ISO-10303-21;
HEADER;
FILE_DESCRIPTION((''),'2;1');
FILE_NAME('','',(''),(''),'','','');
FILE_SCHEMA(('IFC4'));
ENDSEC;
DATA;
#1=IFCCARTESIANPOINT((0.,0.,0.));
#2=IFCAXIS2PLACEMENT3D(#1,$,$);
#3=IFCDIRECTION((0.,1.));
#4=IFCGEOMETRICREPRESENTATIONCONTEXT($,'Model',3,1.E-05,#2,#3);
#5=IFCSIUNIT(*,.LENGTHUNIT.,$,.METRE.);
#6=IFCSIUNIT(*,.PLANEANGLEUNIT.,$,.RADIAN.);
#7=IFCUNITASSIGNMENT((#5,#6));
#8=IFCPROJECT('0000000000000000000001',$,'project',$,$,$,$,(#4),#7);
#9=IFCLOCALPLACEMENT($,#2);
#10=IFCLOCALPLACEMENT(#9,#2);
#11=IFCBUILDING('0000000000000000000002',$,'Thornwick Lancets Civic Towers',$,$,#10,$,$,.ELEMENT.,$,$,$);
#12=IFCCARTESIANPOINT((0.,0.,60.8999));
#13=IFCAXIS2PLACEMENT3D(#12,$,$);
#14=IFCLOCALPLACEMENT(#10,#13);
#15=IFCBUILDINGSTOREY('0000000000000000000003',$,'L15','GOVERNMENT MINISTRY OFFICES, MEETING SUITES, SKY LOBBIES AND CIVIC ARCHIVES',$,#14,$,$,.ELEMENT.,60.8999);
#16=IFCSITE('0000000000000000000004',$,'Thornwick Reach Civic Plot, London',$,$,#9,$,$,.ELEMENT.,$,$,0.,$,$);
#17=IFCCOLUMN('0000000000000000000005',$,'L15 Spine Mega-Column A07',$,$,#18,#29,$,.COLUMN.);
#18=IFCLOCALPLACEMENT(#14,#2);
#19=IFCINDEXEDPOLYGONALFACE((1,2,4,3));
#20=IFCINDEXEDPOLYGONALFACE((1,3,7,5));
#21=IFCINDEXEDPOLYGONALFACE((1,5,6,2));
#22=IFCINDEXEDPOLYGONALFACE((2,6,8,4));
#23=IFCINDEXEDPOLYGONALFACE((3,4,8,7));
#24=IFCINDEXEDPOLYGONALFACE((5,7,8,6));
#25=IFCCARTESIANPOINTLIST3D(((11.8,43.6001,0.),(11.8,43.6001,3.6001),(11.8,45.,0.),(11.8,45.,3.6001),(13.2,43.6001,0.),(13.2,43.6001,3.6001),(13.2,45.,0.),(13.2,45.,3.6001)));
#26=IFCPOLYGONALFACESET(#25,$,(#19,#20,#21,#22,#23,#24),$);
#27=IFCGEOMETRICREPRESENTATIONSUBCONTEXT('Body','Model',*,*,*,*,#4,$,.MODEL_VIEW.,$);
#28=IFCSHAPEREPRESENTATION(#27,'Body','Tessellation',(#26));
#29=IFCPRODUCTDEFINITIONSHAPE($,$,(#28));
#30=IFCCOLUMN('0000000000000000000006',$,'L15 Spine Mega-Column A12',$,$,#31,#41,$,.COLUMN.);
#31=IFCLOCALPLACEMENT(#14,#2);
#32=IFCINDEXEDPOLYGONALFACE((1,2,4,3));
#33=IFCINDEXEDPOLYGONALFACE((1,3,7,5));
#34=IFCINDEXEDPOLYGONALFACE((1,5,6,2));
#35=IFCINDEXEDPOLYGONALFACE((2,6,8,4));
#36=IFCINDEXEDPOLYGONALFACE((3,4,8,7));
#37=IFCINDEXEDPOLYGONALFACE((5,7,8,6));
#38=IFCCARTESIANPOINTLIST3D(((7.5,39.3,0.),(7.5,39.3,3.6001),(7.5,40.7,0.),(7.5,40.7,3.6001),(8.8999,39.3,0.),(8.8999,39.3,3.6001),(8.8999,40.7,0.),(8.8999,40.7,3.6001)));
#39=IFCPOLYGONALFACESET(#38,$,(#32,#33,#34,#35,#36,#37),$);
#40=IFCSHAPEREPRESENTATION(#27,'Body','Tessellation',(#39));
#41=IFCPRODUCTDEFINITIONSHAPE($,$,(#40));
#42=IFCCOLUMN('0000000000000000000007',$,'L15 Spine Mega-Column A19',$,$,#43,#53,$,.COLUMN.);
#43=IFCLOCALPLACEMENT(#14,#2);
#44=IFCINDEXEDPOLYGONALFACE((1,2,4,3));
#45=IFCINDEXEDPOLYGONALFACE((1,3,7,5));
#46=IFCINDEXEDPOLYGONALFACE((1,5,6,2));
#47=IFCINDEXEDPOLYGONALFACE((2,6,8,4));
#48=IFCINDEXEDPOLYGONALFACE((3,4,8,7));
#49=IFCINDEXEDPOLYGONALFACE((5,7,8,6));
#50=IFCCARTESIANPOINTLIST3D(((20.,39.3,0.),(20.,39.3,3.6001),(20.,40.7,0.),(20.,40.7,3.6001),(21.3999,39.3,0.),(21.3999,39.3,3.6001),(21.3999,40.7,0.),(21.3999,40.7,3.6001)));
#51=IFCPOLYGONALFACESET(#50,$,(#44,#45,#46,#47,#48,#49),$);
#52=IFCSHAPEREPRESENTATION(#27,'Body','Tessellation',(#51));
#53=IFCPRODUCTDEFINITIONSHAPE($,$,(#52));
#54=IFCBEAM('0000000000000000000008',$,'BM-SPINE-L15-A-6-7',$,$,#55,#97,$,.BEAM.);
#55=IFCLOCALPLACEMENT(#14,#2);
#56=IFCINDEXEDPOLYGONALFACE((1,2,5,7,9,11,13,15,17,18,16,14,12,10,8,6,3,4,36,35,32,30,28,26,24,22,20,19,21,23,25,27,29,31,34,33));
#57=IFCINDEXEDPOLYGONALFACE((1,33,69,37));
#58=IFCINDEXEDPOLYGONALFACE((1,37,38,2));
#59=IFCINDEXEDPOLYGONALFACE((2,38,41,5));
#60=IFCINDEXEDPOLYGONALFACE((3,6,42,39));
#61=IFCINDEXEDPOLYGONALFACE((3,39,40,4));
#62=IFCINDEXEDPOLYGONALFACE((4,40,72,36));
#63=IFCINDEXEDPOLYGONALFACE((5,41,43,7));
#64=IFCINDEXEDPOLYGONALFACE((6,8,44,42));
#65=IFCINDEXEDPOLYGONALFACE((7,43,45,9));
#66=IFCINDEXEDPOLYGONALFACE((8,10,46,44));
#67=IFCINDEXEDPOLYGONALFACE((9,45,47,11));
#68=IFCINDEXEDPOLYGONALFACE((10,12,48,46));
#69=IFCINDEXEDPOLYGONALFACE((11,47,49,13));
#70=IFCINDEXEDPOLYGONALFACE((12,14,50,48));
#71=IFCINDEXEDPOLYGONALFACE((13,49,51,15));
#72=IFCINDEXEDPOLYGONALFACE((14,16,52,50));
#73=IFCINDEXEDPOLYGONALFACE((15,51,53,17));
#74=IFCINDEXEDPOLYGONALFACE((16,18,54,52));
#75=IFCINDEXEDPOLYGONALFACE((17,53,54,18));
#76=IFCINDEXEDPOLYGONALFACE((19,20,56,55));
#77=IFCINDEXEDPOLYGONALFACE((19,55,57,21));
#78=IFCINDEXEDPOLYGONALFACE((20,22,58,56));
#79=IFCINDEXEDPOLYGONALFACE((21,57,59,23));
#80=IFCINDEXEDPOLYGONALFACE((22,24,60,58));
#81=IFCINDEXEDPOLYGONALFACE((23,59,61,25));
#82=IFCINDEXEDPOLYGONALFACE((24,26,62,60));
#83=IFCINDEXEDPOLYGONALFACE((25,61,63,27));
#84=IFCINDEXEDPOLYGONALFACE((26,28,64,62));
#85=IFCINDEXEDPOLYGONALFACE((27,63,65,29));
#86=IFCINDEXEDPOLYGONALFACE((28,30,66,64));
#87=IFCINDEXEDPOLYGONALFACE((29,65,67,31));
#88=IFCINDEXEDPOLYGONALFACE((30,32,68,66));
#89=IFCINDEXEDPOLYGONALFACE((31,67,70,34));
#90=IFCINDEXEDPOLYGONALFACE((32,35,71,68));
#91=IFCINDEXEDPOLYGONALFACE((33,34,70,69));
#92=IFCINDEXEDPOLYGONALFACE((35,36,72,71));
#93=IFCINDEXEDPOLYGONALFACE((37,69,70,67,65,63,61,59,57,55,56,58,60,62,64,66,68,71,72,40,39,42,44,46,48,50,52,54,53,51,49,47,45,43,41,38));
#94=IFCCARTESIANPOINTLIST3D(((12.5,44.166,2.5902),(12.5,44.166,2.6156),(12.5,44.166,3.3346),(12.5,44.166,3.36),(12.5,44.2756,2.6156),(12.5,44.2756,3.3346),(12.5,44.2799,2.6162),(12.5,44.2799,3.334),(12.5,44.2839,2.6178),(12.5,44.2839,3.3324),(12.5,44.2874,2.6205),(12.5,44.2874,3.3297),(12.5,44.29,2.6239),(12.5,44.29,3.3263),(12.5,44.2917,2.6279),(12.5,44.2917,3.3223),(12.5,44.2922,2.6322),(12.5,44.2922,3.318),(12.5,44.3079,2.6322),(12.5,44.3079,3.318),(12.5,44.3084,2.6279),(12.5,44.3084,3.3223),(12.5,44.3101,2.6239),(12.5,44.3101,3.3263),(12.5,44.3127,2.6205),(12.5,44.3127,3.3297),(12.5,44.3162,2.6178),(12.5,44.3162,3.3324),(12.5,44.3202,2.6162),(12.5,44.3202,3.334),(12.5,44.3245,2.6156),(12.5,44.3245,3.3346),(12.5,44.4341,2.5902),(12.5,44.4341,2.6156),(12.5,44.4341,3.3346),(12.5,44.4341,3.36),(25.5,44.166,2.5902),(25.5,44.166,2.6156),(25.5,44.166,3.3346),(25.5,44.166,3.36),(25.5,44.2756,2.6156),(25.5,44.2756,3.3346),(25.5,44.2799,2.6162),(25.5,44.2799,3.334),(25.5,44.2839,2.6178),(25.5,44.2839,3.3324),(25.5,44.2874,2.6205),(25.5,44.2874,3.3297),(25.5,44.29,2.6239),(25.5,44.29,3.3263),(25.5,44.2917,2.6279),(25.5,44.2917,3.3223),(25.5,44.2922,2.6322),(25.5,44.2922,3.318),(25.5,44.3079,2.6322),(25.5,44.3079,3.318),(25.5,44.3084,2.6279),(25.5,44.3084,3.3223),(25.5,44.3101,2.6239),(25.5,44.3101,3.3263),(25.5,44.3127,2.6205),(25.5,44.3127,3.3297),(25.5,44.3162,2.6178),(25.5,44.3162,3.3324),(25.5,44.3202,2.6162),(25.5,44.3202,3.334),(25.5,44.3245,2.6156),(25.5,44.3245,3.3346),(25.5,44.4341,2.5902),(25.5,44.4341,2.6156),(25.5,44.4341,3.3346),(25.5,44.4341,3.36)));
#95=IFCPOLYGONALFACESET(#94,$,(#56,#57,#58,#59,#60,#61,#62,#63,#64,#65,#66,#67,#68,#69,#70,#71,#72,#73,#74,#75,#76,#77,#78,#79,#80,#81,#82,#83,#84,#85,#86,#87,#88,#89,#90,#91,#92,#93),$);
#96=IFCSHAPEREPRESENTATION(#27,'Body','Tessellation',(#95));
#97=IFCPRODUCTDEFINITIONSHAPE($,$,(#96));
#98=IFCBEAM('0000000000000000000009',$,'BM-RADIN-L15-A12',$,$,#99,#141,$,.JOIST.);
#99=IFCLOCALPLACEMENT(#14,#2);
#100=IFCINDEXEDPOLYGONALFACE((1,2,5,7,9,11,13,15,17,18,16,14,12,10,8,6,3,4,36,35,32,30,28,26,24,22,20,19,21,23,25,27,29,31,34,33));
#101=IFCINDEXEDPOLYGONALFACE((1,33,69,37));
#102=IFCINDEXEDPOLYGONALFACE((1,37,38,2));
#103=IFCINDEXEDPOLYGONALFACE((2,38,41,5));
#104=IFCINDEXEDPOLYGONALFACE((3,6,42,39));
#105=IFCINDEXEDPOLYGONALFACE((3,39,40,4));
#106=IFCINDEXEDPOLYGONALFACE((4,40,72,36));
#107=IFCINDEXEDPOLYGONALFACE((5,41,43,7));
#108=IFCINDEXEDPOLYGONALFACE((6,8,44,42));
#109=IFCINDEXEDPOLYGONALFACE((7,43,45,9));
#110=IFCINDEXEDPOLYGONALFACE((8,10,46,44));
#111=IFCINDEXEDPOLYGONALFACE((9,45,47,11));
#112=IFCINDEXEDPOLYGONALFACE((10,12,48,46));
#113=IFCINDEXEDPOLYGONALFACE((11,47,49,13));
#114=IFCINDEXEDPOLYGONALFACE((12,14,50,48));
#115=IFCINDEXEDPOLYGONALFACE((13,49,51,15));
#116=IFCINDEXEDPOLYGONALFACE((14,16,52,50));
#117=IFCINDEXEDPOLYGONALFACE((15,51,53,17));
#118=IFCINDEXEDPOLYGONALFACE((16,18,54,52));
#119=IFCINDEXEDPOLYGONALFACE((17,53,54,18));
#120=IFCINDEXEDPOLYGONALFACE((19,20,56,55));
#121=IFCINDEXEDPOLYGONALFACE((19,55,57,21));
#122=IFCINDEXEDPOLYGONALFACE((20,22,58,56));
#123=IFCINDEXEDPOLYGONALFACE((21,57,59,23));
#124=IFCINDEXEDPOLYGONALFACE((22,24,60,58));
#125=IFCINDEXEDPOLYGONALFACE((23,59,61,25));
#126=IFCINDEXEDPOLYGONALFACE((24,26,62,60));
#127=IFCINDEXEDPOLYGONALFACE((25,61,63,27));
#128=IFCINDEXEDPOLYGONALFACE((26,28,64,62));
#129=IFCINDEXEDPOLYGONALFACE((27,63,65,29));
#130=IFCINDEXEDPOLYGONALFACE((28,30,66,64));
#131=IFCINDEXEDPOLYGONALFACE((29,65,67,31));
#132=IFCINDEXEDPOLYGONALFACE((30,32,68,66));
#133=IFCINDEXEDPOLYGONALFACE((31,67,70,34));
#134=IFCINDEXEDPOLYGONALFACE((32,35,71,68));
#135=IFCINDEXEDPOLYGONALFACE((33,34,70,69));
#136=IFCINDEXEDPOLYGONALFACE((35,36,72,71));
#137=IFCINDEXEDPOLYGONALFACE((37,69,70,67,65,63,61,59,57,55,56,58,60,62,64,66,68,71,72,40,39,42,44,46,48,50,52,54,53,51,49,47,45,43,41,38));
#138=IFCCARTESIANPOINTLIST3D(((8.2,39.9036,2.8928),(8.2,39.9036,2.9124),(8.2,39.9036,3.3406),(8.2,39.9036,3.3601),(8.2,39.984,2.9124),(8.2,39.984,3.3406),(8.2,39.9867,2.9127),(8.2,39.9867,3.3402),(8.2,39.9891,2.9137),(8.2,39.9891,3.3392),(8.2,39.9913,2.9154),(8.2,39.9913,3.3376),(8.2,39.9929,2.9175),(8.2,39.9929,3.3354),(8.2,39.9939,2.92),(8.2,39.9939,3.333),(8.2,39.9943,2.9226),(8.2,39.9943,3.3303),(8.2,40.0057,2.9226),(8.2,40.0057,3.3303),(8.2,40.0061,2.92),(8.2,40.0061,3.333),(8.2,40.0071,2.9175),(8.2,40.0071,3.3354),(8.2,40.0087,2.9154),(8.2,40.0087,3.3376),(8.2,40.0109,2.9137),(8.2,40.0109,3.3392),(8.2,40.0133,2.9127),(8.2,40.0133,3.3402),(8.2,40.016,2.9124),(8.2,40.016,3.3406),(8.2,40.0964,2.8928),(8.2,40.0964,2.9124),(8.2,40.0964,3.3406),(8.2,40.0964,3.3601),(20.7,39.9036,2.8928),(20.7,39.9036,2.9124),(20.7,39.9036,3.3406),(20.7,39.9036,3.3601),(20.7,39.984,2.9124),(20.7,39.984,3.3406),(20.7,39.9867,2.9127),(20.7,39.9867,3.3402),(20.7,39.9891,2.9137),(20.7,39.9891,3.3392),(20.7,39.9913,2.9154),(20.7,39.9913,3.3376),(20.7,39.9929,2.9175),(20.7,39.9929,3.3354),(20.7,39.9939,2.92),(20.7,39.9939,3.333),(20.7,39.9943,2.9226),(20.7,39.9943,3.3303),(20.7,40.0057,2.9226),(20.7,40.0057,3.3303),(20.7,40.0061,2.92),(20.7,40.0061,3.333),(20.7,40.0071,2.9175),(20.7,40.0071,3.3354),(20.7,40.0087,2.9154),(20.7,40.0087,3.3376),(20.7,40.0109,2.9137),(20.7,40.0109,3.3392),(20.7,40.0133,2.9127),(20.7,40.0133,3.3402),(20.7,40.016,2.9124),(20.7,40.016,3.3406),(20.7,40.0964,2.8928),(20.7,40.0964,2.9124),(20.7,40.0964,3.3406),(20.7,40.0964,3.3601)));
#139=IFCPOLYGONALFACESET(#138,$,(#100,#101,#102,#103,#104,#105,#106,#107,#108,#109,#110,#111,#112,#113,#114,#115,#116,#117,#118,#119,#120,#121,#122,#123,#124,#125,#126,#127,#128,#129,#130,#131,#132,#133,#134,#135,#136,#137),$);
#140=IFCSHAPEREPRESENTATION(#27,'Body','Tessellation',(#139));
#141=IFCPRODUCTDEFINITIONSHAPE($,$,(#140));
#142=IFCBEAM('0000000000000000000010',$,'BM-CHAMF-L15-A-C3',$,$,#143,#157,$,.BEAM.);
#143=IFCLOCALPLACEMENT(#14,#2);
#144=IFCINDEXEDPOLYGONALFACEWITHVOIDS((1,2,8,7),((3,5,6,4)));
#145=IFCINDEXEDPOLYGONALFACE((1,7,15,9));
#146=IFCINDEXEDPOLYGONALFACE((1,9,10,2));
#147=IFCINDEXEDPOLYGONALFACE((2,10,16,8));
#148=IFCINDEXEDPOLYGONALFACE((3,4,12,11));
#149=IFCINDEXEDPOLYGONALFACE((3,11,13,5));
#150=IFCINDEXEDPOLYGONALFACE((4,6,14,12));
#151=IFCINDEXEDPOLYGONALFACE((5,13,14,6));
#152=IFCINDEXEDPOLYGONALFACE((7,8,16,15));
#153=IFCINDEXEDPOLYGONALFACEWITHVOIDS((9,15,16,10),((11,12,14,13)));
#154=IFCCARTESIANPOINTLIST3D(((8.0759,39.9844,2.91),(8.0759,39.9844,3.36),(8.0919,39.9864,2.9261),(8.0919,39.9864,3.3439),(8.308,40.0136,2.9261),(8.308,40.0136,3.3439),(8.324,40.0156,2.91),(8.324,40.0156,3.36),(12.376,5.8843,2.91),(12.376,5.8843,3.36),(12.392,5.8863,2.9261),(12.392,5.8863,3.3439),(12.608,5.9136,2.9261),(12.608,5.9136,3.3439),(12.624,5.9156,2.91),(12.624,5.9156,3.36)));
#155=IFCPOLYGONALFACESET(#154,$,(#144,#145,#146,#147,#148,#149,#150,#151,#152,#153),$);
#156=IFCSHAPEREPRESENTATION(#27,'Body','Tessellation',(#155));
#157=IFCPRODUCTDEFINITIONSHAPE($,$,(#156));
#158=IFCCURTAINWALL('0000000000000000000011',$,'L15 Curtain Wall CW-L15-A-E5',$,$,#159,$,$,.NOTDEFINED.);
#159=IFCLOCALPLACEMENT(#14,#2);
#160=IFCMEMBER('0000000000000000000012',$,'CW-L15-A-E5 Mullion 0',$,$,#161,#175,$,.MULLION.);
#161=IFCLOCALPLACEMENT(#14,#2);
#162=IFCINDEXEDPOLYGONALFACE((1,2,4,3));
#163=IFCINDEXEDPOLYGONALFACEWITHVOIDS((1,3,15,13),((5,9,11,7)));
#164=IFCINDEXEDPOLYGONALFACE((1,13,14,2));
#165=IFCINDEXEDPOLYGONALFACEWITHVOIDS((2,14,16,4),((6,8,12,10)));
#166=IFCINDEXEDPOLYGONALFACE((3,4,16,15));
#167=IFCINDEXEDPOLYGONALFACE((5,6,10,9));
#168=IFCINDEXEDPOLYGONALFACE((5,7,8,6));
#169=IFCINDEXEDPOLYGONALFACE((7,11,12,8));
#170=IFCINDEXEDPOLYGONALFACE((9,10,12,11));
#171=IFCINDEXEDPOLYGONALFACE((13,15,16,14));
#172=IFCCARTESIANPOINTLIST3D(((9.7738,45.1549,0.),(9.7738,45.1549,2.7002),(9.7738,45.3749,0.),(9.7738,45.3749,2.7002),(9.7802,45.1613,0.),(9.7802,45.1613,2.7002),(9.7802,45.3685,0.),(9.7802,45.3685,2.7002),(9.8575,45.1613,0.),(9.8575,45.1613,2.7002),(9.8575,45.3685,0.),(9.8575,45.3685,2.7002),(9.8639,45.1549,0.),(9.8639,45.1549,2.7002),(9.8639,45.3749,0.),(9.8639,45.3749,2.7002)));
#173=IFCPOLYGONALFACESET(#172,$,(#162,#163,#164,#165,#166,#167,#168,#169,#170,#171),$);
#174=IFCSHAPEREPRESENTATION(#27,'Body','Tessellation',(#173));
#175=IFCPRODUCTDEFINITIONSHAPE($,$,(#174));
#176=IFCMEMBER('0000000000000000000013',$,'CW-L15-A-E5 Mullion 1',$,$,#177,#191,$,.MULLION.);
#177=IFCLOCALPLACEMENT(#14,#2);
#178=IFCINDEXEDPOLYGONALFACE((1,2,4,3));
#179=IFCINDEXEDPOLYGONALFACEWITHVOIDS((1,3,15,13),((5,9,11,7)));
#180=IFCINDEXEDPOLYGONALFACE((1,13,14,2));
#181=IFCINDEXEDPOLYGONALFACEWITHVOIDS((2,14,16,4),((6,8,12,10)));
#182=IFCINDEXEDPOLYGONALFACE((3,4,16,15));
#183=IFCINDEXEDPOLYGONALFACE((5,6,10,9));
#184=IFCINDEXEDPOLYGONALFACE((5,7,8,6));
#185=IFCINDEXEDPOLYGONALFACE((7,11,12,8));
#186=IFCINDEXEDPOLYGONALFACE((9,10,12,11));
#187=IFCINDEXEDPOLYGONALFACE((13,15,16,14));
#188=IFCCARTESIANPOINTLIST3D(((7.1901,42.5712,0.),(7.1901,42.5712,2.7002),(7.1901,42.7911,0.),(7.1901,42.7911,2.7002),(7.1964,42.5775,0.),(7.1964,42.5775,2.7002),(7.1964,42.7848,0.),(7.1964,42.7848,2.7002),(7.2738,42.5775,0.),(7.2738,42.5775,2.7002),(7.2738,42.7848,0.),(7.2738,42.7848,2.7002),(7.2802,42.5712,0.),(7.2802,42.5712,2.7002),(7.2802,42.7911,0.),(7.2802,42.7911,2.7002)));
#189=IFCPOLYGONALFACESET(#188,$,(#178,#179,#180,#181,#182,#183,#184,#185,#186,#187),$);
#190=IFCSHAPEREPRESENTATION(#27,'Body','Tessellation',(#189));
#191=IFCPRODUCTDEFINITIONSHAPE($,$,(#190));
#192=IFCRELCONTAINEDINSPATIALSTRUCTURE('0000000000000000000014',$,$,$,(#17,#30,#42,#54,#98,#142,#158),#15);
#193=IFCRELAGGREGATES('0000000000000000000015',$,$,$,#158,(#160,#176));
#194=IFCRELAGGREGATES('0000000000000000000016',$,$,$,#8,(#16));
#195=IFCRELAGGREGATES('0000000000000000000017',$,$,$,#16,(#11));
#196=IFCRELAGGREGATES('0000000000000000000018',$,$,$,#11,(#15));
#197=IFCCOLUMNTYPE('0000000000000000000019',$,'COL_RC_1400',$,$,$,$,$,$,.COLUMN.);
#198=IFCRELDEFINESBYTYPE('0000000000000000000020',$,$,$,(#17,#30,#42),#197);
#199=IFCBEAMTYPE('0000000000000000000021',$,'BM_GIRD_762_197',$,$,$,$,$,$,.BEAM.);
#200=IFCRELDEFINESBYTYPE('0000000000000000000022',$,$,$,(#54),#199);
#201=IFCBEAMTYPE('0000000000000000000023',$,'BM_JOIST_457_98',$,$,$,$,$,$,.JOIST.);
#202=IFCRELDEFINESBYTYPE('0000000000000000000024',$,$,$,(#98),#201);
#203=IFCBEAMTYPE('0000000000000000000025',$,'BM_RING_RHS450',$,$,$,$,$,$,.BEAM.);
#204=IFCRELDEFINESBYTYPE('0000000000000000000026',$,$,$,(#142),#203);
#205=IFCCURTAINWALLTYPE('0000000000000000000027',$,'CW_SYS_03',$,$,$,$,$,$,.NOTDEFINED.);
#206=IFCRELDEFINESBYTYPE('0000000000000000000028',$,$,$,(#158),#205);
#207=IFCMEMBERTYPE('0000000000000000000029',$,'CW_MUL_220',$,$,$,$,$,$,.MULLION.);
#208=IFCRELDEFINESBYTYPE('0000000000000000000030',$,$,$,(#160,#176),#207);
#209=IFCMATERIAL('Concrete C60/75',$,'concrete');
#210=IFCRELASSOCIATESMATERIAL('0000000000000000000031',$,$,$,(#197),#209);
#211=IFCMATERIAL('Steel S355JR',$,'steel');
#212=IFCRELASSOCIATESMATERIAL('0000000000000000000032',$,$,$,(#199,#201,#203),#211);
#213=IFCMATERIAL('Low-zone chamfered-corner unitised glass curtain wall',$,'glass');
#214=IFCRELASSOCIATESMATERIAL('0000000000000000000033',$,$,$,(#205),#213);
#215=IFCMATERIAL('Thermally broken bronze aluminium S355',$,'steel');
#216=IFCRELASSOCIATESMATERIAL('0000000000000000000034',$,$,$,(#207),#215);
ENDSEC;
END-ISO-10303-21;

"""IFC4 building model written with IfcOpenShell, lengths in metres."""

from ifc_helpers import new_model, si_unit, direction, frame, origin, origin_2d, place, context, subcontext, project, spatial, rectangle, hollow_rectangle, i_section, extrude, material, material_profile, profile_set, type_object, element, aggregate, save


model = new_model("IFC4")

# Units and contexts
model_context = context("Model", 3, precision=1e-05, world=origin(), true_north=direction((0.0, 1.0)))
body_context = subcontext(model_context, "Body", "Model", "MODEL_VIEW")
ifc_project = project(units=[si_unit("LENGTHUNIT", "METRE"), si_unit("PLANEANGLEUNIT", "RADIAN")], contexts=[model_context])

# Site, building, storey
site_placement = place(None, origin())
site = spatial("IfcSite", under=ifc_project, at=site_placement, Name="Thornwick Reach Civic Plot, London", CompositionType="ELEMENT", RefElevation=0.0)
building_placement = place(site_placement, origin())
building = spatial("IfcBuilding", under=site, at=building_placement, Name="Thornwick Lancets Civic Towers", CompositionType="ELEMENT")
storey_placement = place(building_placement, frame((0.0, 0.0, 60.8999)))
storey = spatial("IfcBuildingStorey", under=building, at=storey_placement, Name="L15", Description="GOVERNMENT MINISTRY OFFICES, MEETING SUITES, SKY LOBBIES AND CIVIC ARCHIVES", CompositionType="ELEMENT", Elevation=60.8999)

# Columns
ifc_material_1 = material(Name="Concrete C60/75", Category="concrete")
ifc_material_profile_1 = material_profile(ifc_material_1, rectangle(XDim=1.3999, YDim=1.3999, at=origin_2d()), Name="RC 1400x1400")
ifc_profile_set_1 = profile_set([ifc_material_profile_1], Name="Concrete C60/75")
column_type = type_object("IfcColumnType", Name="COL_RC_1400", PredefinedType="COLUMN", material=ifc_profile_set_1)
for number, where, z_axis, x_axis, name in (
    (1, (12.5, 44.3, 0.0), (0.0, 0.0, 1.0), (1.0, 0.0, 0.0), "L15 Spine Mega-Column A07"),
    (2, (8.2, 40.0, 0.0), (0.0, 0.0, 1.0), (1.0, 0.0, 0.0), "L15 Spine Mega-Column A12"),
    (3, (20.7, 40.0, 0.0), (0.0, 0.0, 1.0), (1.0, 0.0, 0.0), "L15 Spine Mega-Column A19"),
):
    element("IfcColumn", number, at=place(storey_placement, frame(where, z_axis=z_axis, x_axis=x_axis)), inside=storey, type_object=column_type, Name=name, PredefinedType="COLUMN", context=body_context, shape_type="SweptSolid", body=[
        extrude(rectangle(XDim=1.3999, YDim=1.3999, at=origin_2d()), origin(), (0.0, 0.0, 1.0), 3.6001),
    ])

# Beams
ifc_material_2 = material(Name="Steel S355JR", Category="steel")
ifc_material_profile_2 = material_profile(ifc_material_2, i_section(OverallWidth=0.2681, OverallDepth=0.7698, WebThickness=0.0156, FlangeThickness=0.0254, FilletRadius=0.0166, at=origin_2d()), Name="UKB 762x267x197")
ifc_profile_set_2 = profile_set([ifc_material_profile_2], Name="Steel S355JR")
beam_type_1 = type_object("IfcBeamType", Name="BM_GIRD_762_197", PredefinedType="BEAM", material=ifc_profile_set_2)
beam_1_placement = place(storey_placement, frame((12.5, 44.3, 2.9751), z_axis=(1.0, 0.0, 0.0), x_axis=(0.0, 1.0, 0.0)))
element("IfcBeam", 4, at=beam_1_placement, inside=storey, type_object=beam_type_1, Name="BM-SPINE-L15-A-6-7", PredefinedType="BEAM", context=body_context, shape_type="SweptSolid", body=[
    extrude(i_section(OverallWidth=0.2681, OverallDepth=0.7698, WebThickness=0.0156, FlangeThickness=0.0254, FilletRadius=0.0166, at=origin_2d()), origin(), (0.0, 0.0, 1.0), 13.0),
])
ifc_material_profile_3 = material_profile(ifc_material_2, i_section(OverallWidth=0.1929, OverallDepth=0.4673, WebThickness=0.0115, FlangeThickness=0.0195, FilletRadius=0.0103, at=origin_2d()), Name="UKB 457x191x98")
ifc_profile_set_3 = profile_set([ifc_material_profile_3], Name="Steel S355JR")
beam_type_2 = type_object("IfcBeamType", Name="BM_JOIST_457_98", PredefinedType="JOIST", material=ifc_profile_set_3)
beam_2_placement = place(storey_placement, frame((20.7, 40.0, 3.1265), z_axis=(-1.0, 0.0, 0.0), x_axis=(0.0, -1.0, 0.0)))
element("IfcBeam", 5, at=beam_2_placement, inside=storey, type_object=beam_type_2, Name="BM-RADIN-L15-A12", PredefinedType="JOIST", context=body_context, shape_type="SweptSolid", body=[
    extrude(i_section(OverallWidth=0.1929, OverallDepth=0.4673, WebThickness=0.0115, FlangeThickness=0.0195, FilletRadius=0.0103, at=origin_2d()), origin(), (0.0, 0.0, 1.0), 12.5),
])
ifc_material_profile_4 = material_profile(ifc_material_2, hollow_rectangle(XDim=0.25, YDim=0.45, WallThickness=0.0161, at=origin_2d()), Name="RHS 450x250x16")
ifc_profile_set_4 = profile_set([ifc_material_profile_4], Name="Steel S355JR")
beam_type_3 = type_object("IfcBeamType", Name="BM_RING_RHS450", PredefinedType="BEAM", material=ifc_profile_set_4)
beam_3_placement = place(storey_placement, frame((8.2, 40.0, 3.135), z_axis=(0.12511, -0.992143, 0.0), x_axis=(0.992143, 0.12511, 0.0)))
element("IfcBeam", 6, at=beam_3_placement, inside=storey, type_object=beam_type_3, Name="BM-CHAMF-L15-A-C3", PredefinedType="BEAM", context=body_context, shape_type="SweptSolid", body=[
    extrude(hollow_rectangle(XDim=0.25, YDim=0.45, WallThickness=0.0161, at=origin_2d()), origin(), (0.0, 0.0, 1.0), 34.3701),
])

# Curtain wall, members
ifc_material_3 = material(Name="Low-zone chamfered-corner unitised glass curtain wall", Category="glass")
curtain_wall_type = type_object("IfcCurtainWallType", Name="CW_SYS_03", PredefinedType="NOTDEFINED", material=ifc_material_3)
curtain_wall_placement = place(storey_placement, origin())
curtain_wall = element("IfcCurtainWall", 7, at=curtain_wall_placement, inside=storey, type_object=curtain_wall_type, Name="L15 Curtain Wall CW-L15-A-E5", PredefinedType="NOTDEFINED")
ifc_material_4 = material(Name="Thermally broken bronze aluminium S355", Category="steel")
ifc_material_profile_5 = material_profile(ifc_material_4, hollow_rectangle(XDim=0.0901, YDim=0.22, WallThickness=0.0063, at=origin_2d()), Name="RHS 220x90x6.3")
ifc_profile_set_5 = profile_set([ifc_material_profile_5], Name="Thermally broken bronze aluminium S355")
member_type_1 = type_object("IfcMemberType", Name="CW_MUL_220", PredefinedType="MULLION", material=ifc_profile_set_5)
member_1_placement = place(storey_placement, frame((9.8188, 45.2649, 0.0), z_axis=(0.0, 0.0, 1.0), x_axis=(1.0, 0.0, 0.0)))
member_1 = element("IfcMember", 8, at=member_1_placement, type_object=member_type_1, Name="CW-L15-A-E5 Mullion 0", PredefinedType="MULLION", context=body_context, shape_type="SweptSolid", body=[
    extrude(hollow_rectangle(XDim=0.0901, YDim=0.22, WallThickness=0.0063, at=origin_2d()), origin(), (0.0, 0.0, 1.0), 2.7002),
])
member_2_placement = place(storey_placement, frame((7.2351, 42.6812, 0.0), z_axis=(0.0, 0.0, 1.0), x_axis=(1.0, 0.0, 0.0)))
member_2 = element("IfcMember", 9, at=member_2_placement, type_object=member_type_1, Name="CW-L15-A-E5 Mullion 1", PredefinedType="MULLION", context=body_context, shape_type="SweptSolid", body=[
    extrude(hollow_rectangle(XDim=0.0901, YDim=0.22, WallThickness=0.0063, at=origin_2d()), origin(), (0.0, 0.0, 1.0), 2.7002),
])
aggregate(curtain_wall, [member_1, member_2])

save(model, "model.ifc")
